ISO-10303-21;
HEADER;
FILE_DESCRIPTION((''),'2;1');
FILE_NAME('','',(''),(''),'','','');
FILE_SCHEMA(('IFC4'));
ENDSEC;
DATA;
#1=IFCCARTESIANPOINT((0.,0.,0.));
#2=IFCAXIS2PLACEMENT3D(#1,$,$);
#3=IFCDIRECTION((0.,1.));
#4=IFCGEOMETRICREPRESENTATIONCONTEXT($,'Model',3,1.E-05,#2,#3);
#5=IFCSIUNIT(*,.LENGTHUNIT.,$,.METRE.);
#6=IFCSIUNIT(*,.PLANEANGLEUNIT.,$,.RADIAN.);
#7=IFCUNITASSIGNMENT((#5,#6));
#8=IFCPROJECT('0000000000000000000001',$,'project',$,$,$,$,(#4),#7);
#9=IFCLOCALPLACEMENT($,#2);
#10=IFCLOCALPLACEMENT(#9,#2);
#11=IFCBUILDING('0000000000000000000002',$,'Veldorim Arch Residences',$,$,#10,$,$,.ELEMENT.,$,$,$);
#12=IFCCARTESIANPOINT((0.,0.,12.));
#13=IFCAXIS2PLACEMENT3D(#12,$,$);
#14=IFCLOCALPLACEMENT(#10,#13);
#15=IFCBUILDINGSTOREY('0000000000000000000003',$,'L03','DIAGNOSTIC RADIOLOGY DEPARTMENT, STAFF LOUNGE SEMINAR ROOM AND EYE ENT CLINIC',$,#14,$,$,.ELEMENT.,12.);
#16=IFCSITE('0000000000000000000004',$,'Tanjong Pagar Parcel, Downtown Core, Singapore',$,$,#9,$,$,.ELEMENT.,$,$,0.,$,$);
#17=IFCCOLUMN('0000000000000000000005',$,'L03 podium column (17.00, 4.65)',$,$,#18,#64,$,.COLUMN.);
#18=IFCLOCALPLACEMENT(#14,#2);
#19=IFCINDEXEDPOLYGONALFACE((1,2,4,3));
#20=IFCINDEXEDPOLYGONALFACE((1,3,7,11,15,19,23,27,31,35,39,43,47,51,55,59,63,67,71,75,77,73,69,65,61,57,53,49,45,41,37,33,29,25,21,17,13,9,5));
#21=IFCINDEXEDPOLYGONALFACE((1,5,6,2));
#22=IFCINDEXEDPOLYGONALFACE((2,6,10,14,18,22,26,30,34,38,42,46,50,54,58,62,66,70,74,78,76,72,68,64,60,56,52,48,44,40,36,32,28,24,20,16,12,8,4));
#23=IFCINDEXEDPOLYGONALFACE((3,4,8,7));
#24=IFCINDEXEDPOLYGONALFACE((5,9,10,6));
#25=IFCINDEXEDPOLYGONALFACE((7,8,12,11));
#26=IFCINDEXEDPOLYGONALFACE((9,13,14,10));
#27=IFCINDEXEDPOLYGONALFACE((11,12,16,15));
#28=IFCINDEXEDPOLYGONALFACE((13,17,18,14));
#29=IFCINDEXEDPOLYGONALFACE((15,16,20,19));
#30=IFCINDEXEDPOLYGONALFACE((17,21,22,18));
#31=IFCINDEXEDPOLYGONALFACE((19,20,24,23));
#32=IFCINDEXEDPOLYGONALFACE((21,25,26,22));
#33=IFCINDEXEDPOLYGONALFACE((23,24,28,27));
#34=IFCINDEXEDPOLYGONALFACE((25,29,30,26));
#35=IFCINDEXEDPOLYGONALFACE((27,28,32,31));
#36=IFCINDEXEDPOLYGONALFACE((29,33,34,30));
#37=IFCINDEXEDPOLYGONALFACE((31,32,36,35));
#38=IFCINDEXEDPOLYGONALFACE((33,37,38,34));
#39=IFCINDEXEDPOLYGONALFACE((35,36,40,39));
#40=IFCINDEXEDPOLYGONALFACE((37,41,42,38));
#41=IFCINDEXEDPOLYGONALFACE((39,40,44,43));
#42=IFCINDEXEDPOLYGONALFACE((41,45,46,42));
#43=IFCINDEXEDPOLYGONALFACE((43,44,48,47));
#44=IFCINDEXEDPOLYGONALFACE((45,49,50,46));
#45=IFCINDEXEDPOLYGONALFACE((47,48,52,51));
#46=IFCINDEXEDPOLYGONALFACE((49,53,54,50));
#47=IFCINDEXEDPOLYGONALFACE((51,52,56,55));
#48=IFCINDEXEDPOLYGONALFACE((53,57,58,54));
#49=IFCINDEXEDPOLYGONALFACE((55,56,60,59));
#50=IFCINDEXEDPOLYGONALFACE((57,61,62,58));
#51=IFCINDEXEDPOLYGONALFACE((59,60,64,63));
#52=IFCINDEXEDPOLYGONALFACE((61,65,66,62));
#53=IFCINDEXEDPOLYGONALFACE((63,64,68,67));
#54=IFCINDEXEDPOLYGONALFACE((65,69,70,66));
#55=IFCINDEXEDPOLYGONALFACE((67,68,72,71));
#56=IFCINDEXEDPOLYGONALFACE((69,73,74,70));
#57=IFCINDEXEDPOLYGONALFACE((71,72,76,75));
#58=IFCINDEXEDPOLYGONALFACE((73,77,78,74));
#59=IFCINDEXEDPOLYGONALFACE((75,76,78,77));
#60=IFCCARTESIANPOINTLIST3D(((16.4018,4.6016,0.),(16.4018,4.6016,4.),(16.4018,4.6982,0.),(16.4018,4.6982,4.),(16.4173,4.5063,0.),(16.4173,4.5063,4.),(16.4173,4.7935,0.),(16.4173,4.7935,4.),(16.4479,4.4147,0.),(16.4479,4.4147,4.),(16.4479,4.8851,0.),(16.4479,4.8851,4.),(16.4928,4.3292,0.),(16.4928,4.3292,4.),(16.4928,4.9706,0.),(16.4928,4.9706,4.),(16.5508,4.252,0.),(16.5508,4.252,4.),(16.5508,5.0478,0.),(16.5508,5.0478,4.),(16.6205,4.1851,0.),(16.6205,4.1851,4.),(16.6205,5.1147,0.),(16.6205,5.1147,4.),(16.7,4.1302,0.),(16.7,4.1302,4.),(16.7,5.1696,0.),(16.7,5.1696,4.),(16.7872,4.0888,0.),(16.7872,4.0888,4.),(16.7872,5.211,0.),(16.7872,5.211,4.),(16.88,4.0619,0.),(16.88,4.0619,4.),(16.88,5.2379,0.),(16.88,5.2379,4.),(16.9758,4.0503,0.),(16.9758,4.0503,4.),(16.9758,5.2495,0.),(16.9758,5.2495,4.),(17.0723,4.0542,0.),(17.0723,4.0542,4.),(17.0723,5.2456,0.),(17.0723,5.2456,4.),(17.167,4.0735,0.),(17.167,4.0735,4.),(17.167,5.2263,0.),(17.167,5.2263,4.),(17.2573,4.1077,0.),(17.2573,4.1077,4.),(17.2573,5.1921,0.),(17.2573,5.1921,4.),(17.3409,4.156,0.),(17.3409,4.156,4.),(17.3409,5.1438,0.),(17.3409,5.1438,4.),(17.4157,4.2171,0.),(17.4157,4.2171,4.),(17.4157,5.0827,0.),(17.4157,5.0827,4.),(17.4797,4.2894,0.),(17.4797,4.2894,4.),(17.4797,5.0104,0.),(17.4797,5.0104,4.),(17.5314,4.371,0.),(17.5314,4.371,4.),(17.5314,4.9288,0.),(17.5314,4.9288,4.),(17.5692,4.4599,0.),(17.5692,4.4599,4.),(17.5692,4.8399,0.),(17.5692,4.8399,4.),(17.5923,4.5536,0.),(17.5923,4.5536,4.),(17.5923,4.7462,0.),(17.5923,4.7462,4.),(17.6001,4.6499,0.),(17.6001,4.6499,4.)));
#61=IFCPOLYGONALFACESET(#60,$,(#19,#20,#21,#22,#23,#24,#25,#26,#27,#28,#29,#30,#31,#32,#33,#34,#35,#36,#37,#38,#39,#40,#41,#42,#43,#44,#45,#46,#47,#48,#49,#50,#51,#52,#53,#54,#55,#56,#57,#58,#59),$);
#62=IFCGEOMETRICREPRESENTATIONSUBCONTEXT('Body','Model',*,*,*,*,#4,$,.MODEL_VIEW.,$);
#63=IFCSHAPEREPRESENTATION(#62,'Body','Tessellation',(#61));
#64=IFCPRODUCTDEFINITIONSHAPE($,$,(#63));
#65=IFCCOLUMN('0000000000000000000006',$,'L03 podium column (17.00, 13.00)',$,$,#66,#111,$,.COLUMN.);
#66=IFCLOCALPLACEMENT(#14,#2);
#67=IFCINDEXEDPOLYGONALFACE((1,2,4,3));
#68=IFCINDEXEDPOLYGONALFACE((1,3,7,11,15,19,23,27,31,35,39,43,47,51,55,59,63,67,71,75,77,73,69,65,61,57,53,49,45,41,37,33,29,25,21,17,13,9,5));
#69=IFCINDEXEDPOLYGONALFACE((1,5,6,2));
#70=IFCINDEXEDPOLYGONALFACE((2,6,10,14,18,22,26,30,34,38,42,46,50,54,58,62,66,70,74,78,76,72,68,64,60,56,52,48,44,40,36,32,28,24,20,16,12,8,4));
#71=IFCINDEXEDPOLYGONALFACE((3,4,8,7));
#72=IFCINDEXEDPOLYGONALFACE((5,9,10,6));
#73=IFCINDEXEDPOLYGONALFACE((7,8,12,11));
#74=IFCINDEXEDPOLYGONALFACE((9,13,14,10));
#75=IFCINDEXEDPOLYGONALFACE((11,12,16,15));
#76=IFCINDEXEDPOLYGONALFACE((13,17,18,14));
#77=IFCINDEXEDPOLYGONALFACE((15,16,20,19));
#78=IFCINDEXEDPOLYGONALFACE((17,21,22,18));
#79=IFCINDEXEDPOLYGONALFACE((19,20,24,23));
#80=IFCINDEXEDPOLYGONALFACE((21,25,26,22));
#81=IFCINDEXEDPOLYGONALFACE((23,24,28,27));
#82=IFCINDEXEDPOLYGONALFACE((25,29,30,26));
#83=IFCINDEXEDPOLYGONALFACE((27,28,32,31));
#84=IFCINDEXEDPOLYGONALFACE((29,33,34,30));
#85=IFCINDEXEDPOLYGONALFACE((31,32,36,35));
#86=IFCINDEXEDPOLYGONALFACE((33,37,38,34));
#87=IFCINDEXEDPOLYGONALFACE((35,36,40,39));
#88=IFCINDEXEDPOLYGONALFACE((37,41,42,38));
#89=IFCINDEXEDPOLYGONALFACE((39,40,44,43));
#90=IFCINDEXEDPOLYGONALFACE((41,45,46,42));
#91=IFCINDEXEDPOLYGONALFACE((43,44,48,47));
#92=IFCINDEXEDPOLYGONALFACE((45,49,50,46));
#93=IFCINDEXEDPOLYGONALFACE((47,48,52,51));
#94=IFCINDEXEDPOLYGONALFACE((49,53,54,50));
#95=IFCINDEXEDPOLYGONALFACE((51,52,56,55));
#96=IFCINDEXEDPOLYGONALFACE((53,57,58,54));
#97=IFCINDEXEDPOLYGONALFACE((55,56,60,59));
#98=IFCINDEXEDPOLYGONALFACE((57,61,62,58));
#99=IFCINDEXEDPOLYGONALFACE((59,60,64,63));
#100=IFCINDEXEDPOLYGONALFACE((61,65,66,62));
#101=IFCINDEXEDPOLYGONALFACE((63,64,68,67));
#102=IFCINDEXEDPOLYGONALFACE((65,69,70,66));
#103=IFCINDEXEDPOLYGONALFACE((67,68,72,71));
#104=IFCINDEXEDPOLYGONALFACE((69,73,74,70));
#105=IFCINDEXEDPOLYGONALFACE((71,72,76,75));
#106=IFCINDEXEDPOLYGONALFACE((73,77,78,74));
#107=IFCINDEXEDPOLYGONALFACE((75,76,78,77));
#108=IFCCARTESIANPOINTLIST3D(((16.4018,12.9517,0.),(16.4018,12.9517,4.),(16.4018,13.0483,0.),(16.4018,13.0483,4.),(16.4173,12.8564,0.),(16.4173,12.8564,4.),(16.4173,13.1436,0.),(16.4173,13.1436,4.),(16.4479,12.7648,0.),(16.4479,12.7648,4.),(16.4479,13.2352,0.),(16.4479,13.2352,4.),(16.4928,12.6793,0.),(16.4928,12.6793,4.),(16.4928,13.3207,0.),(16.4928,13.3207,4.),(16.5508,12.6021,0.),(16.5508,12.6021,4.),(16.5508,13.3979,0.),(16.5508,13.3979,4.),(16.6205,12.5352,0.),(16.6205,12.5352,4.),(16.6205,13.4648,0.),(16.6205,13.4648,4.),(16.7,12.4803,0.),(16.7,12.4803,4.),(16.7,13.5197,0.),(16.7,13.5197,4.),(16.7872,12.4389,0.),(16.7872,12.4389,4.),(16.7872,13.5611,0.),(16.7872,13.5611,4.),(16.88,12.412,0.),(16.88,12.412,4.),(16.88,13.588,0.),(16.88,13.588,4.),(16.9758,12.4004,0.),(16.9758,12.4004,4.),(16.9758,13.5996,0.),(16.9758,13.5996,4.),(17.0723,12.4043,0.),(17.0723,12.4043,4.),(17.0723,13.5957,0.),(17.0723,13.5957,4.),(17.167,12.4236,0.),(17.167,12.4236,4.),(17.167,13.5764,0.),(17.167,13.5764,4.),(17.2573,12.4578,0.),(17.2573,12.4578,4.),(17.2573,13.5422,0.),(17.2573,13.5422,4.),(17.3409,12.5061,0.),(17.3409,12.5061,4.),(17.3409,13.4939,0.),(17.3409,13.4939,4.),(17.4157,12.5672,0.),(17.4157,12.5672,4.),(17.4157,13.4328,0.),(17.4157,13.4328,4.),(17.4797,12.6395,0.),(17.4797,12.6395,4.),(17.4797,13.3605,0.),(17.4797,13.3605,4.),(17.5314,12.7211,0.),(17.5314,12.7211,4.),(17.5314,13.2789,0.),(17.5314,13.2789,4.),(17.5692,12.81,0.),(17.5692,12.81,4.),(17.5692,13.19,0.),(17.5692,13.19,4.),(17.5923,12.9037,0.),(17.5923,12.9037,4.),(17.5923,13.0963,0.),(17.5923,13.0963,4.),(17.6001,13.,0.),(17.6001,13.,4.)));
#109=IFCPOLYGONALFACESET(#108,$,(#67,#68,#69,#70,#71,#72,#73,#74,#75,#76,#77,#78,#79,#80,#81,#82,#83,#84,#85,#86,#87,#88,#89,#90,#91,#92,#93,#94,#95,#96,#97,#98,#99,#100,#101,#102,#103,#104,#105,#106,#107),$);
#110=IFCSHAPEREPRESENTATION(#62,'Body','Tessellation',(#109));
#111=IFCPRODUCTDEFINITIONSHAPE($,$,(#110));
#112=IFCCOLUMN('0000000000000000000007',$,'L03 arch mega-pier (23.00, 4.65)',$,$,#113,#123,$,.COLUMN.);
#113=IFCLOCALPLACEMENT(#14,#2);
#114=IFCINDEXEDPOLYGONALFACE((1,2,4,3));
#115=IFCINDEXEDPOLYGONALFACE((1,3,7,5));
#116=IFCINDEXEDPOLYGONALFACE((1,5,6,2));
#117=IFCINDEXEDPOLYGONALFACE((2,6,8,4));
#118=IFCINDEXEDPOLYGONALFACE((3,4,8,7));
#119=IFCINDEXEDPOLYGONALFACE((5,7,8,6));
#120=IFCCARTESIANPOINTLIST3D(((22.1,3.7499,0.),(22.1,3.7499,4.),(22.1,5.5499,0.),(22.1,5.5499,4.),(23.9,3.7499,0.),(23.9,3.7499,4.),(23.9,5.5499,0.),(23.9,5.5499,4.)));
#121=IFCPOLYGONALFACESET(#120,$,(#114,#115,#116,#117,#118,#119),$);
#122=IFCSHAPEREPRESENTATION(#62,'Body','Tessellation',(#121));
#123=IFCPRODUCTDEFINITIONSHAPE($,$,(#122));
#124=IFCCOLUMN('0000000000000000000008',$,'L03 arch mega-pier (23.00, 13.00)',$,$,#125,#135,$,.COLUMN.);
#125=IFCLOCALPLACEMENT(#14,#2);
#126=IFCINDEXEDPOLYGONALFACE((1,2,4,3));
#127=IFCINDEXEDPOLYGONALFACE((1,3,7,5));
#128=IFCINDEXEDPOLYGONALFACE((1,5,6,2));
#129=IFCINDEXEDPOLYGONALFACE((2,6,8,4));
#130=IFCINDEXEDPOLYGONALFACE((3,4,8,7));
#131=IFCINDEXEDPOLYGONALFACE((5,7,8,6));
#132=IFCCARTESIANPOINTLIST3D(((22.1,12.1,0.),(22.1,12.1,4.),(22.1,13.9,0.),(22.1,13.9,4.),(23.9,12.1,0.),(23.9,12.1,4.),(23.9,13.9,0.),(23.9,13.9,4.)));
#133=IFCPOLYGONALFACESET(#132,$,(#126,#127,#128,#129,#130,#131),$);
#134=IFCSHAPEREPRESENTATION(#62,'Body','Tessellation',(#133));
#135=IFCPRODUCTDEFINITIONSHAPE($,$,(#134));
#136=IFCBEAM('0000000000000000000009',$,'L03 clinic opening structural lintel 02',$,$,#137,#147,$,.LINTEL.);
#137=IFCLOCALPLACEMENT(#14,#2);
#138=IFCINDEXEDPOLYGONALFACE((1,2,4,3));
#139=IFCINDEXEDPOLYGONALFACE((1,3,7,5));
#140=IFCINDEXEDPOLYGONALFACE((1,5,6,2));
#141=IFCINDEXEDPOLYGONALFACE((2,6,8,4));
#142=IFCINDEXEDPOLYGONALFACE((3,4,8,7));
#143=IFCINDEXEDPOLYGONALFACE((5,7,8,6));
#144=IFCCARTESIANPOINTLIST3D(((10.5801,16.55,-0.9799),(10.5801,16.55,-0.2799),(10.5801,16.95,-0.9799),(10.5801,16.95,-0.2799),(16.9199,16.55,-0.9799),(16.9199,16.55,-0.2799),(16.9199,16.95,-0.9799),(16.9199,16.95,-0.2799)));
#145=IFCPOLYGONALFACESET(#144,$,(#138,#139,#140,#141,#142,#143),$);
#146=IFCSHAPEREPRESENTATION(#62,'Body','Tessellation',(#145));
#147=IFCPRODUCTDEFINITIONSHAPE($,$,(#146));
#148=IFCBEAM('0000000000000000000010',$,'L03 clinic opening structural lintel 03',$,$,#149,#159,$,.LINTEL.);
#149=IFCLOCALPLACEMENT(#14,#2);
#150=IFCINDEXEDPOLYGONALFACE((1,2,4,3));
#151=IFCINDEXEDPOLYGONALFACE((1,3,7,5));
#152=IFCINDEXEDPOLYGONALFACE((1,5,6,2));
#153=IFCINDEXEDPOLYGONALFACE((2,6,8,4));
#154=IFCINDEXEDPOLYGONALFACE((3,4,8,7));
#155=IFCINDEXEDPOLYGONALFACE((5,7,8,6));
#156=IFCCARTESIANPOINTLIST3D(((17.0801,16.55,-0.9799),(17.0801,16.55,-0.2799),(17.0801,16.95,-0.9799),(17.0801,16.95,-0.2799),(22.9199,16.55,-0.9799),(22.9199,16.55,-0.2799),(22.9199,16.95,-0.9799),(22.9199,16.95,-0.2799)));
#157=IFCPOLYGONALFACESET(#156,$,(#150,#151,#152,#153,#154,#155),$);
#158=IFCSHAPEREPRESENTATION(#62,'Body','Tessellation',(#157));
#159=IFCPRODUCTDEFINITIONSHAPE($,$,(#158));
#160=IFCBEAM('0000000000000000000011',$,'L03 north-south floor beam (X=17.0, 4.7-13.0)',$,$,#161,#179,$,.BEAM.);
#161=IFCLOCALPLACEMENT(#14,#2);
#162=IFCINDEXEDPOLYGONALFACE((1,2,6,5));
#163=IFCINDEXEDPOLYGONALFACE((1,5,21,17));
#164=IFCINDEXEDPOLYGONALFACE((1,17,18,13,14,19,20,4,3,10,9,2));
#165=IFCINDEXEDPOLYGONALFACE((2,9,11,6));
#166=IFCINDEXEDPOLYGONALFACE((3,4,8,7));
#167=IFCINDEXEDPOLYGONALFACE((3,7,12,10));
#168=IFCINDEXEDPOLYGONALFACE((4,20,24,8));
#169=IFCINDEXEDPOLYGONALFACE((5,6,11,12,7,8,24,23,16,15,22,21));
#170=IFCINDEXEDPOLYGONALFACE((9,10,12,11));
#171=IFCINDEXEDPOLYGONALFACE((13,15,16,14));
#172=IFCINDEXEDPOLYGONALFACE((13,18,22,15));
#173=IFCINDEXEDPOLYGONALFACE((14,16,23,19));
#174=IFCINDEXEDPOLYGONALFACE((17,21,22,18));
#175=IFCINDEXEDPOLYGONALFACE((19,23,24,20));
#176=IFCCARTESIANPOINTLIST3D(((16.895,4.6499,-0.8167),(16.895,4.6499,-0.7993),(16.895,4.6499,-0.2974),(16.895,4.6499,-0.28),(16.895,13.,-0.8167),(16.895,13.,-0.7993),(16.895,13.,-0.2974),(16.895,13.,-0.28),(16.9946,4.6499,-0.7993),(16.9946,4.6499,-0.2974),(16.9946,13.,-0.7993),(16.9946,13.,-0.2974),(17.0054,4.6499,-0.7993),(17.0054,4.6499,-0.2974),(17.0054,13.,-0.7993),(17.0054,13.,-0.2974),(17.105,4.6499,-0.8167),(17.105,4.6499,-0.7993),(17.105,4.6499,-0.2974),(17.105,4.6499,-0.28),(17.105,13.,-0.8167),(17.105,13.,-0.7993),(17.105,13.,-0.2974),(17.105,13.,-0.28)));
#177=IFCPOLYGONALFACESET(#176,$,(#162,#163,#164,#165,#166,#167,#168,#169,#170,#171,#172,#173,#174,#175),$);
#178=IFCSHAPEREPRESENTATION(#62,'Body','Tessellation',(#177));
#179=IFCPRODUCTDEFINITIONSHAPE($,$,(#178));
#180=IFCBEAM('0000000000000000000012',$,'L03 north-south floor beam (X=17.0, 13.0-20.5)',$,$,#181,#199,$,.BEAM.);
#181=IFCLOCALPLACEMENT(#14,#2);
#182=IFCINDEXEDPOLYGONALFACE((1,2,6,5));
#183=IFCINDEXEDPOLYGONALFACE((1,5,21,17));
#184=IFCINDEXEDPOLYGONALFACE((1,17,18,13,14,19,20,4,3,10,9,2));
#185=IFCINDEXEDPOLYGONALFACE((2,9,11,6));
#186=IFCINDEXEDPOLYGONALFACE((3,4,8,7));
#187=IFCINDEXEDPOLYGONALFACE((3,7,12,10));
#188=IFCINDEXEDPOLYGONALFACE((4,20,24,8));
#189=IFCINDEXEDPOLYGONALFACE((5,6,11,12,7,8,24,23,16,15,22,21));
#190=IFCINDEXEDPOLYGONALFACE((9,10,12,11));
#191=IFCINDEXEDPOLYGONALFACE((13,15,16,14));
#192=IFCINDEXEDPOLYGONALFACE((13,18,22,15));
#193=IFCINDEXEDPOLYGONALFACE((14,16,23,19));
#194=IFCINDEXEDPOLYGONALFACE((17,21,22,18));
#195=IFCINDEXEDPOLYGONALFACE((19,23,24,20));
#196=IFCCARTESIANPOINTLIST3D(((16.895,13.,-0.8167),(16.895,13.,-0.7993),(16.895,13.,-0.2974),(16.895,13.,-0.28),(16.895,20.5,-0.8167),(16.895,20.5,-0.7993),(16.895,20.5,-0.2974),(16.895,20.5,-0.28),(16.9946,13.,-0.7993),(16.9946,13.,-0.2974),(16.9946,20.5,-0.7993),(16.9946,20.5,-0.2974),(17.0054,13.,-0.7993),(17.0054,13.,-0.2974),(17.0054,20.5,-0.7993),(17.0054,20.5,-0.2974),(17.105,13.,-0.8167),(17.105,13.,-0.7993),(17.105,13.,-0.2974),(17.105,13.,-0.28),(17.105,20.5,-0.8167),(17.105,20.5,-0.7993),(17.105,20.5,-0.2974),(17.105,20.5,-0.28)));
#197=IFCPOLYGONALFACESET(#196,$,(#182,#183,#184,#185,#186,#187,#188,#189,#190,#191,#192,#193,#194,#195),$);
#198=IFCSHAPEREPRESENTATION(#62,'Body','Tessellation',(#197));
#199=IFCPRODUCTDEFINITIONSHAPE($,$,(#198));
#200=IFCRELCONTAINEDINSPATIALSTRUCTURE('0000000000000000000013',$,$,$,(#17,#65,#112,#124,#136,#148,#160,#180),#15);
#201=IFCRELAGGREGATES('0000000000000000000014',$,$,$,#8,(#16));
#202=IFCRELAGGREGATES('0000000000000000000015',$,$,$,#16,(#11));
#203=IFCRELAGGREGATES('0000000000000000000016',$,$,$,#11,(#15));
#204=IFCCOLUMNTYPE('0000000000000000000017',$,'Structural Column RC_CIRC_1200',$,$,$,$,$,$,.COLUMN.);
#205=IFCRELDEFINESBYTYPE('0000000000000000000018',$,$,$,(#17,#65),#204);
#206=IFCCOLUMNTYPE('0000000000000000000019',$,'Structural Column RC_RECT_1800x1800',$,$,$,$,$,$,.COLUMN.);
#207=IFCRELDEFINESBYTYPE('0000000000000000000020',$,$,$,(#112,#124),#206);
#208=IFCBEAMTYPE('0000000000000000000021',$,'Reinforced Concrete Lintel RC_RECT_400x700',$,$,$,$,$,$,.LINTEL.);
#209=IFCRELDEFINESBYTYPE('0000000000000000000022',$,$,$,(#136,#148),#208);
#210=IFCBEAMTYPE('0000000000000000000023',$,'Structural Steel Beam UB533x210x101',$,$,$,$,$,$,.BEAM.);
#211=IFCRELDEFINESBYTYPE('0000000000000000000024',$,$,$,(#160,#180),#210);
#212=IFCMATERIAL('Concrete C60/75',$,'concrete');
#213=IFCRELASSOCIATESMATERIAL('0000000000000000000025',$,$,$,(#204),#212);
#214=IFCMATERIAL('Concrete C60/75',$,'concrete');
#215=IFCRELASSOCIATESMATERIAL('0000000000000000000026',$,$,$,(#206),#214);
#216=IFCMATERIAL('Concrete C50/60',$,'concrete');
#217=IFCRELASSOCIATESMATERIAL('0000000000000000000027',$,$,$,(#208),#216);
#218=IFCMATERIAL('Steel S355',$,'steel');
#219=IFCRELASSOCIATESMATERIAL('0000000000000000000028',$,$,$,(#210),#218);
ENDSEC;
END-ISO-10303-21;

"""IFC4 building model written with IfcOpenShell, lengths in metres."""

from ifc_helpers import new_model, si_unit, direction, frame, origin, origin_2d, place, context, subcontext, project, spatial, rectangle, circle, i_section, extrude, material, material_profile, profile_set, type_object, element, save


model = new_model("IFC4")

# Units and contexts
model_context = context("Model", 3, precision=1e-05, world=origin(), true_north=direction((0.0, 1.0)))
body_context = subcontext(model_context, "Body", "Model", "MODEL_VIEW")
ifc_project = project(units=[si_unit("LENGTHUNIT", "METRE"), si_unit("PLANEANGLEUNIT", "RADIAN")], contexts=[model_context])

# Site, building, storey
site_placement = place(None, origin())
site = spatial("IfcSite", under=ifc_project, at=site_placement, Name="Tanjong Pagar Parcel, Downtown Core, Singapore", CompositionType="ELEMENT", RefElevation=0.0)
building_placement = place(site_placement, origin())
building = spatial("IfcBuilding", under=site, at=building_placement, Name="Veldorim Arch Residences", CompositionType="ELEMENT")
storey_placement = place(building_placement, frame((0.0, 0.0, 12.0)))
storey = spatial("IfcBuildingStorey", under=building, at=storey_placement, Name="L03", Description="DIAGNOSTIC RADIOLOGY DEPARTMENT, STAFF LOUNGE SEMINAR ROOM AND EYE ENT CLINIC", CompositionType="ELEMENT", Elevation=12.0)

# Columns
ifc_material_1 = material(Name="Concrete C60/75", Category="concrete")
ifc_material_profile_1 = material_profile(ifc_material_1, circle(Radius=0.6001, at=origin_2d()), Name="RC_CIRC_1200")
ifc_profile_set_1 = profile_set([ifc_material_profile_1], Name="Concrete C60/75")
column_type_1 = type_object("IfcColumnType", Name="Structural Column RC_CIRC_1200", PredefinedType="COLUMN", material=ifc_profile_set_1)
for number, where, z_axis, x_axis, name in (
    (1, (17.0, 4.6499, 0.0), (0.0, 0.0, 1.0), (1.0, 0.0, 0.0), "L03 podium column (17.00, 4.65)"),
    (2, (17.0, 13.0, 0.0), (0.0, 0.0, 1.0), (1.0, 0.0, 0.0), "L03 podium column (17.00, 13.00)"),
):
    element("IfcColumn", number, at=place(storey_placement, frame(where, z_axis=z_axis, x_axis=x_axis)), inside=storey, type_object=column_type_1, Name=name, PredefinedType="COLUMN", context=body_context, shape_type="SweptSolid", body=[
        extrude(circle(Radius=0.6001, at=origin_2d()), origin(), (0.0, 0.0, 1.0), 4.0),
    ])
ifc_material_2 = material(Name="Concrete C60/75", Category="concrete")
ifc_material_profile_2 = material_profile(ifc_material_2, rectangle(XDim=1.8, YDim=1.8, at=origin_2d()), Name="RC_RECT_1800x1800")
ifc_profile_set_2 = profile_set([ifc_material_profile_2], Name="Concrete C60/75")
column_type_2 = type_object("IfcColumnType", Name="Structural Column RC_RECT_1800x1800", PredefinedType="COLUMN", material=ifc_profile_set_2)
for number, where, z_axis, x_axis, name in (
    (3, (23.0, 4.6499, 0.0), (0.0, 0.0, 1.0), (1.0, 0.0, 0.0), "L03 arch mega-pier (23.00, 4.65)"),
    (4, (23.0, 13.0, 0.0), (0.0, 0.0, 1.0), (1.0, 0.0, 0.0), "L03 arch mega-pier (23.00, 13.00)"),
):
    element("IfcColumn", number, at=place(storey_placement, frame(where, z_axis=z_axis, x_axis=x_axis)), inside=storey, type_object=column_type_2, Name=name, PredefinedType="COLUMN", context=body_context, shape_type="SweptSolid", body=[
        extrude(rectangle(XDim=1.8, YDim=1.8, at=origin_2d()), origin(), (0.0, 0.0, 1.0), 4.0),
    ])

# Beams
ifc_material_3 = material(Name="Concrete C50/60", Category="concrete")
ifc_material_profile_3 = material_profile(ifc_material_3, rectangle(XDim=0.3999, YDim=0.7, at=origin_2d()), Name="RC_RECT_400x700")
ifc_profile_set_3 = profile_set([ifc_material_profile_3], Name="Concrete C50/60")
beam_type_1 = type_object("IfcBeamType", Name="Reinforced Concrete Lintel RC_RECT_400x700", PredefinedType="LINTEL", material=ifc_profile_set_3)
beam_1_placement = place(storey_placement, frame((10.5801, 16.75, -0.6299), z_axis=(1.0, 0.0, 0.0), x_axis=(0.0, 1.0, 0.0)))
element("IfcBeam", 5, at=beam_1_placement, inside=storey, type_object=beam_type_1, Name="L03 clinic opening structural lintel 02", PredefinedType="LINTEL", context=body_context, shape_type="SweptSolid", body=[
    extrude(rectangle(XDim=0.3999, YDim=0.7, at=origin_2d()), origin(), (0.0, 0.0, 1.0), 6.3398),
])
beam_2_placement = place(storey_placement, frame((17.0801, 16.75, -0.6299), z_axis=(1.0, 0.0, 0.0), x_axis=(0.0, 1.0, 0.0)))
element("IfcBeam", 6, at=beam_2_placement, inside=storey, type_object=beam_type_1, Name="L03 clinic opening structural lintel 03", PredefinedType="LINTEL", context=body_context, shape_type="SweptSolid", body=[
    extrude(rectangle(XDim=0.3999, YDim=0.7, at=origin_2d()), origin(), (0.0, 0.0, 1.0), 5.8398),
])
ifc_material_4 = material(Name="Steel S355", Category="steel")
ifc_material_profile_4 = material_profile(ifc_material_4, i_section(OverallWidth=0.21, OverallDepth=0.5366, WebThickness=0.0107, FlangeThickness=0.0173, at=origin_2d()), Name="UB533x210x101")
ifc_profile_set_4 = profile_set([ifc_material_profile_4], Name="Steel S355")
beam_type_2 = type_object("IfcBeamType", Name="Structural Steel Beam UB533x210x101", PredefinedType="BEAM", material=ifc_profile_set_4)
beam_3_placement = place(storey_placement, frame((17.0, 4.6499, -0.5483), z_axis=(0.0, 1.0, 0.0), x_axis=(-1.0, 0.0, 0.0)))
element("IfcBeam", 7, at=beam_3_placement, inside=storey, type_object=beam_type_2, Name="L03 north-south floor beam (X=17.0, 4.7-13.0)", PredefinedType="BEAM", context=body_context, shape_type="SweptSolid", body=[
    extrude(i_section(OverallWidth=0.21, OverallDepth=0.5366, WebThickness=0.0107, FlangeThickness=0.0173, at=origin_2d()), origin(), (0.0, 0.0, 1.0), 8.3501),
])
beam_4_placement = place(storey_placement, frame((17.0, 13.0, -0.5483), z_axis=(0.0, 1.0, 0.0), x_axis=(-1.0, 0.0, 0.0)))
element("IfcBeam", 8, at=beam_4_placement, inside=storey, type_object=beam_type_2, Name="L03 north-south floor beam (X=17.0, 13.0-20.5)", PredefinedType="BEAM", context=body_context, shape_type="SweptSolid", body=[
    extrude(i_section(OverallWidth=0.21, OverallDepth=0.5366, WebThickness=0.0107, FlangeThickness=0.0173, at=origin_2d()), origin(), (0.0, 0.0, 1.0), 7.5),
])

save(model, "model.ifc")
